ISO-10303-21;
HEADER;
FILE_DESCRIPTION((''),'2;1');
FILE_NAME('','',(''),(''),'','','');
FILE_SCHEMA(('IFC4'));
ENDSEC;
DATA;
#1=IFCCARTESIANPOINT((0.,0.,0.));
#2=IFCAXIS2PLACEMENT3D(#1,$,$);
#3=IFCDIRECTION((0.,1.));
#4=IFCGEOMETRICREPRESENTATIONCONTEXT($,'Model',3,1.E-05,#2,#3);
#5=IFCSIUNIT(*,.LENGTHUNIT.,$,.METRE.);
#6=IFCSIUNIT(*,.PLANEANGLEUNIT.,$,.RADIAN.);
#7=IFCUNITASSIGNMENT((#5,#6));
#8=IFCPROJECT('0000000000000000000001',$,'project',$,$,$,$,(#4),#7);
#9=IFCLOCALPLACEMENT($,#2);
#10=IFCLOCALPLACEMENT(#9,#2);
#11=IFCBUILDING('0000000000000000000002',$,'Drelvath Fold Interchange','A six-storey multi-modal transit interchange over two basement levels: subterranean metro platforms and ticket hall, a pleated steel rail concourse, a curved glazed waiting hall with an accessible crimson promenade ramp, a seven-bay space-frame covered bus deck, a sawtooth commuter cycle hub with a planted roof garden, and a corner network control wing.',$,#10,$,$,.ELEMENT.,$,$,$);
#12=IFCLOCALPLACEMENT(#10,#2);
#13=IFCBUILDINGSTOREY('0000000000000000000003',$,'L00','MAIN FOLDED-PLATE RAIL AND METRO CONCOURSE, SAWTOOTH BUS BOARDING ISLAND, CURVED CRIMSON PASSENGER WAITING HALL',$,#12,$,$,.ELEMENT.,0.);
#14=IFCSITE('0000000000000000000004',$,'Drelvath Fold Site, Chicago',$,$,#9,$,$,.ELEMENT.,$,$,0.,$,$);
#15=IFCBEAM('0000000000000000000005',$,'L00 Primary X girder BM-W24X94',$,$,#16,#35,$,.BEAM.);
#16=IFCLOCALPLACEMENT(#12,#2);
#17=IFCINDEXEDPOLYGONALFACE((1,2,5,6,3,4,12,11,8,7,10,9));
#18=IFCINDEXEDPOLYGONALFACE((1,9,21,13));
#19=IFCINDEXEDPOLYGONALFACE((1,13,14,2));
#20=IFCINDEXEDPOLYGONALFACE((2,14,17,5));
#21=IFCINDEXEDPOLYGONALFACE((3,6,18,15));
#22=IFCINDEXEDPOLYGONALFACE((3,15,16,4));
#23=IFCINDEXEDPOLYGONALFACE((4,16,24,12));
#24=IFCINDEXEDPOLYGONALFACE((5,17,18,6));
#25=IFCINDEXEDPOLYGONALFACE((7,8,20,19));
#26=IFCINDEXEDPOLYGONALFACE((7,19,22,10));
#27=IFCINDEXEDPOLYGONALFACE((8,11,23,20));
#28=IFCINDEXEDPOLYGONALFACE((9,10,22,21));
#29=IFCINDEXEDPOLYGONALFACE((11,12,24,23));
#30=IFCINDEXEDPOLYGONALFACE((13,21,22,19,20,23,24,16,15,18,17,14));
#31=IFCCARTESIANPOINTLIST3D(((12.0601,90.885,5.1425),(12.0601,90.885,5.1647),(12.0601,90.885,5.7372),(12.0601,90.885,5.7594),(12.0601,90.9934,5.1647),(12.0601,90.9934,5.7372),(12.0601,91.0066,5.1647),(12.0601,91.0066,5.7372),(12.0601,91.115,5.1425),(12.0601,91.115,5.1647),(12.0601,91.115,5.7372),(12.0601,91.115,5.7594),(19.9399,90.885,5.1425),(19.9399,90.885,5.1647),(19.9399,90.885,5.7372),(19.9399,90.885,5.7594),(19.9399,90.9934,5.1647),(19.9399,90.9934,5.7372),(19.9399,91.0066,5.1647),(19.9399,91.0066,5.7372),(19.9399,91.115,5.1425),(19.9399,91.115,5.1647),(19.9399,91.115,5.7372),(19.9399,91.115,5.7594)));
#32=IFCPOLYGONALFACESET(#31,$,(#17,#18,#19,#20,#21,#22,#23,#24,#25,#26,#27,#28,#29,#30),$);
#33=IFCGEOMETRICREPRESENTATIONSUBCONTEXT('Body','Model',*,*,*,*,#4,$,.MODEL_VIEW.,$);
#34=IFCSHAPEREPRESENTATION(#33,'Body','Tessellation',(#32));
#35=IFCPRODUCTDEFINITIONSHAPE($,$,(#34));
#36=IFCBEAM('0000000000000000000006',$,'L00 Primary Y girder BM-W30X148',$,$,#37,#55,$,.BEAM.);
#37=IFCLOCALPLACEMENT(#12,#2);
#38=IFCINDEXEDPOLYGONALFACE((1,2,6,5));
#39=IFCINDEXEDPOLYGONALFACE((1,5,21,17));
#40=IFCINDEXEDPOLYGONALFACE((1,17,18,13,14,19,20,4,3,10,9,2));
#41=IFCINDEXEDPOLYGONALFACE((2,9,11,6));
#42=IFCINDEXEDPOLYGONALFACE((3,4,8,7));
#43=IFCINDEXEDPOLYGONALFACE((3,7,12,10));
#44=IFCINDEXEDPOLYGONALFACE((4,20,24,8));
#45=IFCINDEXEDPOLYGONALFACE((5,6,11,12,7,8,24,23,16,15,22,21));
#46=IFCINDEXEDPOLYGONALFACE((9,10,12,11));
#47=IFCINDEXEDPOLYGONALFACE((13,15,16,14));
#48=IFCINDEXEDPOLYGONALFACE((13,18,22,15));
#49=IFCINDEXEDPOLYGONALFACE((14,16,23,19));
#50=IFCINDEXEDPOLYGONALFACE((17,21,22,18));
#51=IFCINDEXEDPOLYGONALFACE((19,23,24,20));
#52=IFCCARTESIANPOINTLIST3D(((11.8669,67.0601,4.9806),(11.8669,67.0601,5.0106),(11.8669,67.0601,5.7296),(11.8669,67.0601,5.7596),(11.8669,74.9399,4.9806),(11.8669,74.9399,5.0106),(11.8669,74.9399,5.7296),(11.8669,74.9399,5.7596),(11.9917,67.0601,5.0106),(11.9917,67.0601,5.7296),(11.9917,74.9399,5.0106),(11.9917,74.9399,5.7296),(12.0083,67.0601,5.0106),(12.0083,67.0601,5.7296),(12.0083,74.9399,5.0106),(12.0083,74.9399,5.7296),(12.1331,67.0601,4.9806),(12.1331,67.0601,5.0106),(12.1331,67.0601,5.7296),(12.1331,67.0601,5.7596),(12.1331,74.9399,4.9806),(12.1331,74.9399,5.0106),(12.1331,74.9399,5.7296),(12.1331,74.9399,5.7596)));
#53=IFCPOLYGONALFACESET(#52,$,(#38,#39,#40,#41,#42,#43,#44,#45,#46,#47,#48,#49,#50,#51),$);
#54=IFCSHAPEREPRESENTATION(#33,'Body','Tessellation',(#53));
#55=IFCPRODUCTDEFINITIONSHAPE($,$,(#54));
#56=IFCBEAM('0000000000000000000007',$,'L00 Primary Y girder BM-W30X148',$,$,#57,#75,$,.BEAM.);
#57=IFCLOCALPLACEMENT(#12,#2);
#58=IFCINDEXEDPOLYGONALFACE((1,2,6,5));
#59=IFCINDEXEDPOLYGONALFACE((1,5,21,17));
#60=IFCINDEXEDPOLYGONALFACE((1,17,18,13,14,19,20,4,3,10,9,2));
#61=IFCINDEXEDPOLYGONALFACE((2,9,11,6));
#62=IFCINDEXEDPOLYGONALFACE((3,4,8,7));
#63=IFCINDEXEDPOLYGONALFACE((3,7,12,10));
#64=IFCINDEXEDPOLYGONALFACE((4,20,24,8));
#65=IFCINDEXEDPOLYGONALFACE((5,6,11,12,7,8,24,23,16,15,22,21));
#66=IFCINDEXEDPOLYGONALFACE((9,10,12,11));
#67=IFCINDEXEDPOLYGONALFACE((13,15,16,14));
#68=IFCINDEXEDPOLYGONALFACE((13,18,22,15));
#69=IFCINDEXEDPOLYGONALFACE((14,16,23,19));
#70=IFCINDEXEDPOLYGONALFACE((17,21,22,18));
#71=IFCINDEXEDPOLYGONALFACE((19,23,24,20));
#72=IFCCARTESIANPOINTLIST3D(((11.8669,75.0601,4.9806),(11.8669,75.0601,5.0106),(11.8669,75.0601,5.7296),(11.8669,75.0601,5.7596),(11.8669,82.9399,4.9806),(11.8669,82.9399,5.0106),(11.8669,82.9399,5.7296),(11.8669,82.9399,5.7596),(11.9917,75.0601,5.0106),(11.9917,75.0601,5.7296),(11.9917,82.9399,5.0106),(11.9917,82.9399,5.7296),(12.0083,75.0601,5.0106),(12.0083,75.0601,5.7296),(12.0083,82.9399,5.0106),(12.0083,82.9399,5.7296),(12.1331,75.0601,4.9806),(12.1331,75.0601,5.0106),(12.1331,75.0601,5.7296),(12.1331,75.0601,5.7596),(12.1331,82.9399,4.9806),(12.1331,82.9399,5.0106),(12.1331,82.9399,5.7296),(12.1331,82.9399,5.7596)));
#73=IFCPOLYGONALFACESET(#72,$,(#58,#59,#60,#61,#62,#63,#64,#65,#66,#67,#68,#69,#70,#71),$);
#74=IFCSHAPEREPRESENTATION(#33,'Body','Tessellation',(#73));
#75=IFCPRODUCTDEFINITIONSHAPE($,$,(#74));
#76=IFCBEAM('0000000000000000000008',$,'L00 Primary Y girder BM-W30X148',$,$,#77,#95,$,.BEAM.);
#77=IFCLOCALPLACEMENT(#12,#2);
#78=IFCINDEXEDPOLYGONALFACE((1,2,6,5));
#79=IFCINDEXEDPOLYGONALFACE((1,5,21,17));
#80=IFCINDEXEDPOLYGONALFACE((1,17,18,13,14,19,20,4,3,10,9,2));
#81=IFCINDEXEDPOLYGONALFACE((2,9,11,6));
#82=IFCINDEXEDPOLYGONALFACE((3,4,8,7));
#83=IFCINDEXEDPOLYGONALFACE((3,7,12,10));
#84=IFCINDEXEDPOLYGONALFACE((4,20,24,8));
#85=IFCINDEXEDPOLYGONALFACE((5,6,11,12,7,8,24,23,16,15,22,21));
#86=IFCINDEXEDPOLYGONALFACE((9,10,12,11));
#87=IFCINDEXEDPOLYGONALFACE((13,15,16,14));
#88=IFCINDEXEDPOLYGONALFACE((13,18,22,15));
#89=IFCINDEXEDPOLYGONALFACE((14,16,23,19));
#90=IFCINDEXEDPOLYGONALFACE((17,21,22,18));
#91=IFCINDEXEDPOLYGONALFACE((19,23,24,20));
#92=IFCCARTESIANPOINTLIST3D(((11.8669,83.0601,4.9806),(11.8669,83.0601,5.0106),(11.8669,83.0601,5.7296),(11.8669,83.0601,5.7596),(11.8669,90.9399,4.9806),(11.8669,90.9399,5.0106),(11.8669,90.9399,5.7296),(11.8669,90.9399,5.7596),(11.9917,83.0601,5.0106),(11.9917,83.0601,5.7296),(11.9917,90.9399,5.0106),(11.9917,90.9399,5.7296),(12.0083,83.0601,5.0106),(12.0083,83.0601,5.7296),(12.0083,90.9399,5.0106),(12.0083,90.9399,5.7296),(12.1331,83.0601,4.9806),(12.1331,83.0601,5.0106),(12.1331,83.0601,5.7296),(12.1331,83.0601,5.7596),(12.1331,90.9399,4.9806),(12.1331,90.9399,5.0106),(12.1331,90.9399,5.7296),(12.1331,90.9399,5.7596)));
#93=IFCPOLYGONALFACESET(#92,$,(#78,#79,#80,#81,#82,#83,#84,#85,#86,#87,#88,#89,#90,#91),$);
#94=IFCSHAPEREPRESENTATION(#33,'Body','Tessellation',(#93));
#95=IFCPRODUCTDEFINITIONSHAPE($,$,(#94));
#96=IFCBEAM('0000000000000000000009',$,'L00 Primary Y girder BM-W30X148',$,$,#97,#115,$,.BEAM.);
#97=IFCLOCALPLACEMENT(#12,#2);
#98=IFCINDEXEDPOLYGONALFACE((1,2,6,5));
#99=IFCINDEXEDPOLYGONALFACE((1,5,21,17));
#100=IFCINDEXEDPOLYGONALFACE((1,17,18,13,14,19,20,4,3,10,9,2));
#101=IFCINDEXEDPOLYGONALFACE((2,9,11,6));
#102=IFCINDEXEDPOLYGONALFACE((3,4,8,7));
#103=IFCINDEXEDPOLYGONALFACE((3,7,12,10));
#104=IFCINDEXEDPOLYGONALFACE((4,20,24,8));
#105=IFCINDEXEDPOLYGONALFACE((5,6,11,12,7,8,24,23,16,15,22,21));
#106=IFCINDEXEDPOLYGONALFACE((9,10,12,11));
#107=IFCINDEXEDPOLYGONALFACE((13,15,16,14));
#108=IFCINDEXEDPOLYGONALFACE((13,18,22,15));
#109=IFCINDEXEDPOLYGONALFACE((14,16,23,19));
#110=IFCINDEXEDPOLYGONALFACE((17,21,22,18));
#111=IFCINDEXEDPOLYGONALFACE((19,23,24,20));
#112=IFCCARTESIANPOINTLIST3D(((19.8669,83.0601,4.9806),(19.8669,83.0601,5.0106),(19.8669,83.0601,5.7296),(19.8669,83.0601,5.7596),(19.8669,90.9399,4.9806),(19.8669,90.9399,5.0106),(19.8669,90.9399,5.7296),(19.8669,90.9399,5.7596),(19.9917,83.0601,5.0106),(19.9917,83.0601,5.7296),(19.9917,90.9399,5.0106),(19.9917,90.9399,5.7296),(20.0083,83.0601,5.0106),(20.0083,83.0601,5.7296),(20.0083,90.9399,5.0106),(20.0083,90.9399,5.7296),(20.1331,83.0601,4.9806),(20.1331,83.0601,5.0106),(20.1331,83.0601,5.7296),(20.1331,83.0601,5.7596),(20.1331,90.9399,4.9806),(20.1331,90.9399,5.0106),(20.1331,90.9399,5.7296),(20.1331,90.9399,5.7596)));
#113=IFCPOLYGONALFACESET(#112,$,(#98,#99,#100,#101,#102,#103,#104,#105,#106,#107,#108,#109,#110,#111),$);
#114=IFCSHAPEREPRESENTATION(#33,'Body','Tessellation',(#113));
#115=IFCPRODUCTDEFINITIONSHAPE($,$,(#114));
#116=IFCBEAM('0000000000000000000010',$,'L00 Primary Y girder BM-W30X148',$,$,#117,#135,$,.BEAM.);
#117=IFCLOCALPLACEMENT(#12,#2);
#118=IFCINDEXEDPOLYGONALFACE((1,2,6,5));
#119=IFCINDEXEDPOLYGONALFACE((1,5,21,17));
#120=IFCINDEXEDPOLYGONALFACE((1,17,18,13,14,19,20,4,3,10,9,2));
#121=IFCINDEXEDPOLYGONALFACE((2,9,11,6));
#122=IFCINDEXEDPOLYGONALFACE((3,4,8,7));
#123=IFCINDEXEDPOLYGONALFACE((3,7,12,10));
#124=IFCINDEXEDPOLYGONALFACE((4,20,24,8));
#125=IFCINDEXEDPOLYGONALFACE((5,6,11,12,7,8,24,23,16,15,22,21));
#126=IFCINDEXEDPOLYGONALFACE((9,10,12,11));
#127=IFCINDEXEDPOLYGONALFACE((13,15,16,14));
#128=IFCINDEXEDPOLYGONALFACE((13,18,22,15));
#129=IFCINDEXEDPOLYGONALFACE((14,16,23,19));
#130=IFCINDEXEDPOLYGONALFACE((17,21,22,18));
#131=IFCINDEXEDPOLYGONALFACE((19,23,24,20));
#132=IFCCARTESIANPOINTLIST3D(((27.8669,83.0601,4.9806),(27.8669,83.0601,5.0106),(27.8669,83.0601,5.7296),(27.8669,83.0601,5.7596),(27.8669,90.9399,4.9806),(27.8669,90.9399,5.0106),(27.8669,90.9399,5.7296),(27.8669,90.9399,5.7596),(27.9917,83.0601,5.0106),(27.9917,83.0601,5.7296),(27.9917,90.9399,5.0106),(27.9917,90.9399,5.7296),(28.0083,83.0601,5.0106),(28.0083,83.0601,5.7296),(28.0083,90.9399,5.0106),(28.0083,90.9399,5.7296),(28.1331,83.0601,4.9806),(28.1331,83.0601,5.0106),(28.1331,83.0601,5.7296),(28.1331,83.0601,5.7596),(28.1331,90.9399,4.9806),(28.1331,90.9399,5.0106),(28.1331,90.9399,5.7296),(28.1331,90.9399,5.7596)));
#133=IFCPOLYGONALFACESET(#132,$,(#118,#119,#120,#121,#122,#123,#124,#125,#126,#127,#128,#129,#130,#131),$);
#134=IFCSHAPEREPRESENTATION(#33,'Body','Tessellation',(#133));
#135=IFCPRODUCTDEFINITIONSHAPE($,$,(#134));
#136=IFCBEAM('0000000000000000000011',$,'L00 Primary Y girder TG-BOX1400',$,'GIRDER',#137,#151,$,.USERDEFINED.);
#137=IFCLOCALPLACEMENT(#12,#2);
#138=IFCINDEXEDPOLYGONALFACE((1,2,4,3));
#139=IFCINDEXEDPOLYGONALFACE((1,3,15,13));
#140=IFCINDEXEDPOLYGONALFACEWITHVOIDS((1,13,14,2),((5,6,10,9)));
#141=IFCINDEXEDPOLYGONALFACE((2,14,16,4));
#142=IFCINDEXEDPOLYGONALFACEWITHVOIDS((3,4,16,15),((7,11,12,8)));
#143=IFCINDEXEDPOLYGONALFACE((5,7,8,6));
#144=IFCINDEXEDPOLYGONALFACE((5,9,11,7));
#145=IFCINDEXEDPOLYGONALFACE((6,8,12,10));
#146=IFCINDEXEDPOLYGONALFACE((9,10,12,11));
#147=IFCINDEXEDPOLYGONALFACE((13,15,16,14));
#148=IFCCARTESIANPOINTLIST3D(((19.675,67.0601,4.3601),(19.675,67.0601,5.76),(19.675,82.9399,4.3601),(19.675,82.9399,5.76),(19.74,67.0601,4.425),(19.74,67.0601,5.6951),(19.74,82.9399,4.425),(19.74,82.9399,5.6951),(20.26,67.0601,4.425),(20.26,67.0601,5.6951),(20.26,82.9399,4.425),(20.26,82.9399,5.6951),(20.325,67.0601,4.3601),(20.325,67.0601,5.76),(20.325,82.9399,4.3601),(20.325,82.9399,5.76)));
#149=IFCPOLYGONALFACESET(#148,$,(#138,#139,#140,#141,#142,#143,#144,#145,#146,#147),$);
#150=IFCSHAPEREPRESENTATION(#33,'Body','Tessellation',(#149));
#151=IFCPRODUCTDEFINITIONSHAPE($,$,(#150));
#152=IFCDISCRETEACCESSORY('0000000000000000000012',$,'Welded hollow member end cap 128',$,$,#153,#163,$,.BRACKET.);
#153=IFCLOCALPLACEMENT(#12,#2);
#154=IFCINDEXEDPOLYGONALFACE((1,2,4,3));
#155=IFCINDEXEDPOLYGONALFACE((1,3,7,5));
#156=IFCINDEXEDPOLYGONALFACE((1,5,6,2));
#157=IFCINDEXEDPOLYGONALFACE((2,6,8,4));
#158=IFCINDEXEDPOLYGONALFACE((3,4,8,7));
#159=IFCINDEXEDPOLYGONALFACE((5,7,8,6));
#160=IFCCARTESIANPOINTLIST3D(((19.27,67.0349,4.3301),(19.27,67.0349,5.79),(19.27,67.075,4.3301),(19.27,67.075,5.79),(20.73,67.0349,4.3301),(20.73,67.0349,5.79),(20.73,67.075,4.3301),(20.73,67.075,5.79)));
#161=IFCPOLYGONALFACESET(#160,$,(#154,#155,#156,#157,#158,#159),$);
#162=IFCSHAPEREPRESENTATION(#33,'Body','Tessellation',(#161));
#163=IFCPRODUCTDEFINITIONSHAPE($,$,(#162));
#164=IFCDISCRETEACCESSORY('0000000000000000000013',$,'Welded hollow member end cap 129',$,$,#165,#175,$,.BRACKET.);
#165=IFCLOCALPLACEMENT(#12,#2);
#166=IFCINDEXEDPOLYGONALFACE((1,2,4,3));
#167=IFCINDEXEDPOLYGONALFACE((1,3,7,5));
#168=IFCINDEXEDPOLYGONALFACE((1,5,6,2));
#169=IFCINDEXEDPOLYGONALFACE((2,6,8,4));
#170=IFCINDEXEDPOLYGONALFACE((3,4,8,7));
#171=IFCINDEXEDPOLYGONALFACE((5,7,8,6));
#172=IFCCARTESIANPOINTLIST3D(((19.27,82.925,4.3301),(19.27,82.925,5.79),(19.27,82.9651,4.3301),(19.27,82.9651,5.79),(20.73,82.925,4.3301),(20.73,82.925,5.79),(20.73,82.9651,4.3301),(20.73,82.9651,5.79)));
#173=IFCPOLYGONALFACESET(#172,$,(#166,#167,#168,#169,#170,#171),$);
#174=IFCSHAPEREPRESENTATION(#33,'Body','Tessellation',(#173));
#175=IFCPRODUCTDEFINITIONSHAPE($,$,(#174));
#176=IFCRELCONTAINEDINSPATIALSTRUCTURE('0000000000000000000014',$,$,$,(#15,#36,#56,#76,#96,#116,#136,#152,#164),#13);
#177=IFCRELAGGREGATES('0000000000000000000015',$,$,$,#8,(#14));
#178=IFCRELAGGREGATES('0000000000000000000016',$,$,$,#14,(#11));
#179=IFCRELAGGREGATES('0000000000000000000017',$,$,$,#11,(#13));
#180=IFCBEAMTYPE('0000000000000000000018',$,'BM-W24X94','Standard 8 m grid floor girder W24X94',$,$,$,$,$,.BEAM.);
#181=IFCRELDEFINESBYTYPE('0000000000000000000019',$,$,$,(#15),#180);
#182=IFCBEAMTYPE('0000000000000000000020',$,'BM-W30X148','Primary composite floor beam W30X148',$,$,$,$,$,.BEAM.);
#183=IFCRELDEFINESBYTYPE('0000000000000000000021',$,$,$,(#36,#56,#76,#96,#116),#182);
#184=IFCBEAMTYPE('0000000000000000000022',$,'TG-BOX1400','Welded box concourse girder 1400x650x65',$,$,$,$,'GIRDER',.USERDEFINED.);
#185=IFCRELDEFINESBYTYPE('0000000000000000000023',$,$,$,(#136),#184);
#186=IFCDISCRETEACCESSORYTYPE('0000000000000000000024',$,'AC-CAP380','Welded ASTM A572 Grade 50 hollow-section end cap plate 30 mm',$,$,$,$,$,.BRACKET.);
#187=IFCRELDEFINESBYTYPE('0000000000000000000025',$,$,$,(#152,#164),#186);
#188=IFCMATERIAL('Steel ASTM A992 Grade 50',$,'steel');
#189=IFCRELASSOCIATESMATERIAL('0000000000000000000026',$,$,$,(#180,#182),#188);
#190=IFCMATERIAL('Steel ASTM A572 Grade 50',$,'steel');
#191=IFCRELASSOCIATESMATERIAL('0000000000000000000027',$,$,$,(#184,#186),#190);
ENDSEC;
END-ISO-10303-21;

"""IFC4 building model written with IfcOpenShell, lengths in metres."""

from ifc_helpers import new_model, si_unit, direction, frame, origin, origin_2d, place, context, subcontext, project, spatial, rectangle, hollow_rectangle, i_section, extrude, material, material_profile, profile_set, type_object, element, save


model = new_model("IFC4")

# Units and contexts
model_context = context("Model", 3, precision=1e-05, world=origin(), true_north=direction((0.0, 1.0)))
body_context = subcontext(model_context, "Body", "Model", "MODEL_VIEW")
ifc_project = project(units=[si_unit("LENGTHUNIT", "METRE"), si_unit("PLANEANGLEUNIT", "RADIAN")], contexts=[model_context])

# Site, building, storey
site_placement = place(None, origin())
site = spatial("IfcSite", under=ifc_project, at=site_placement, Name="Drelvath Fold Site, Chicago", CompositionType="ELEMENT", RefElevation=0.0)
building_placement = place(site_placement, origin())
building = spatial("IfcBuilding", under=site, at=building_placement, Name="Drelvath Fold Interchange", Description="A six-storey multi-modal transit interchange over two basement levels: subterranean metro platforms and ticket hall, a pleated steel rail concourse, a curved glazed waiting hall with an accessible crimson promenade ramp, a seven-bay space-frame covered bus deck, a sawtooth commuter cycle hub with a planted roof garden, and a corner network control wing.", CompositionType="ELEMENT")
storey_placement = place(building_placement, origin())
storey = spatial("IfcBuildingStorey", under=building, at=storey_placement, Name="L00", Description="MAIN FOLDED-PLATE RAIL AND METRO CONCOURSE, SAWTOOTH BUS BOARDING ISLAND, CURVED CRIMSON PASSENGER WAITING HALL", CompositionType="ELEMENT", Elevation=0.0)

# Beams
ifc_material_1 = material(Name="Steel ASTM A992 Grade 50", Category="steel")
ifc_material_profile_1 = material_profile(ifc_material_1, i_section(OverallWidth=0.23, OverallDepth=0.6169, WebThickness=0.0132, FlangeThickness=0.0222, at=origin_2d()), Name="W24X94")
ifc_profile_set_1 = profile_set([ifc_material_profile_1], Name="Steel ASTM A992 Grade 50")
beam_type_1 = type_object("IfcBeamType", Name="BM-W24X94", Description="Standard 8 m grid floor girder W24X94", PredefinedType="BEAM", material=ifc_profile_set_1)
for number, where, z_axis, x_axis, name in (
    (1, (12.0601, 91.0, 5.4509), (1.0, 0.0, 0.0), (0.0, 1.0, 0.0), "L00 Primary X girder BM-W24X94"),
):
    element("IfcBeam", number, at=place(storey_placement, frame(where, z_axis=z_axis, x_axis=x_axis)), inside=storey, type_object=beam_type_1, Name=name, PredefinedType="BEAM", context=body_context, shape_type="SweptSolid", body=[
        extrude(i_section(OverallWidth=0.23, OverallDepth=0.6169, WebThickness=0.0132, FlangeThickness=0.0222, at=origin_2d()), origin(), (0.0, 0.0, 1.0), 7.8799),
    ])
ifc_material_profile_2 = material_profile(ifc_material_1, i_section(OverallWidth=0.2661, OverallDepth=0.7791, WebThickness=0.0166, FlangeThickness=0.03, at=origin_2d()), Name="W30X148")
ifc_profile_set_2 = profile_set([ifc_material_profile_2], Name="Steel ASTM A992 Grade 50")
beam_type_2 = type_object("IfcBeamType", Name="BM-W30X148", Description="Primary composite floor beam W30X148", PredefinedType="BEAM", material=ifc_profile_set_2)
for number, where, z_axis, x_axis, name in (
    (2, (12.0, 67.0601, 5.3701), (0.0, 1.0, 0.0), (-1.0, 0.0, 0.0), "L00 Primary Y girder BM-W30X148"),
    (3, (12.0, 75.0601, 5.3701), (0.0, 1.0, 0.0), (-1.0, 0.0, 0.0), "L00 Primary Y girder BM-W30X148"),
    (4, (12.0, 83.0601, 5.3701), (0.0, 1.0, 0.0), (-1.0, 0.0, 0.0), "L00 Primary Y girder BM-W30X148"),
    (5, (20.0, 83.0601, 5.3701), (0.0, 1.0, 0.0), (-1.0, 0.0, 0.0), "L00 Primary Y girder BM-W30X148"),
    (6, (28.0, 83.0601, 5.3701), (0.0, 1.0, 0.0), (-1.0, 0.0, 0.0), "L00 Primary Y girder BM-W30X148"),
):
    element("IfcBeam", number, at=place(storey_placement, frame(where, z_axis=z_axis, x_axis=x_axis)), inside=storey, type_object=beam_type_2, Name=name, PredefinedType="BEAM", context=body_context, shape_type="SweptSolid", body=[
        extrude(i_section(OverallWidth=0.2661, OverallDepth=0.7791, WebThickness=0.0166, FlangeThickness=0.03, at=origin_2d()), origin(), (0.0, 0.0, 1.0), 7.8799),
    ])
ifc_material_2 = material(Name="Steel ASTM A572 Grade 50", Category="steel")
ifc_material_profile_3 = material_profile(ifc_material_2, hollow_rectangle(XDim=0.6499, YDim=1.3999, WallThickness=0.0649, at=origin_2d()), Name="BOX 1400x650x65")
ifc_profile_set_3 = profile_set([ifc_material_profile_3], Name="Steel ASTM A572 Grade 50")
beam_type_3 = type_object("IfcBeamType", Name="TG-BOX1400", Description="Welded box concourse girder 1400x650x65", ElementType="GIRDER", PredefinedType="USERDEFINED", material=ifc_profile_set_3)
beam_placement = place(storey_placement, frame((20.0, 67.0601, 5.0601), z_axis=(0.0, 1.0, 0.0), x_axis=(-1.0, 0.0, 0.0)))
element("IfcBeam", 7, at=beam_placement, inside=storey, type_object=beam_type_3, Name="L00 Primary Y girder TG-BOX1400", ObjectType="GIRDER", PredefinedType="USERDEFINED", context=body_context, shape_type="SweptSolid", body=[
    extrude(hollow_rectangle(XDim=0.6499, YDim=1.3999, WallThickness=0.0649, at=origin_2d()), origin(), (0.0, 0.0, 1.0), 15.8799),
])

# Discrete accessories
discrete_accessory_type = type_object("IfcDiscreteAccessoryType", Name="AC-CAP380", Description="Welded ASTM A572 Grade 50 hollow-section end cap plate 30 mm", PredefinedType="BRACKET", material=ifc_material_2)
for number, where, z_axis, x_axis, name in (
    (8, (20.0, 67.0549, 4.3301), (0.0, 0.0, 1.0), (1.0, 0.0, 0.0), "Welded hollow member end cap 128"),
    (9, (20.0, 82.9451, 4.3301), (0.0, 0.0, 1.0), (1.0, 0.0, 0.0), "Welded hollow member end cap 129"),
):
    element("IfcDiscreteAccessory", number, at=place(storey_placement, frame(where, z_axis=z_axis, x_axis=x_axis)), inside=storey, type_object=discrete_accessory_type, Name=name, PredefinedType="BRACKET", context=body_context, shape_type="SweptSolid", body=[
        extrude(rectangle(XDim=1.46, YDim=0.04, at=origin_2d()), origin(), (0.0, 0.0, 1.0), 1.46),
    ])

save(model, "model.ifc")
